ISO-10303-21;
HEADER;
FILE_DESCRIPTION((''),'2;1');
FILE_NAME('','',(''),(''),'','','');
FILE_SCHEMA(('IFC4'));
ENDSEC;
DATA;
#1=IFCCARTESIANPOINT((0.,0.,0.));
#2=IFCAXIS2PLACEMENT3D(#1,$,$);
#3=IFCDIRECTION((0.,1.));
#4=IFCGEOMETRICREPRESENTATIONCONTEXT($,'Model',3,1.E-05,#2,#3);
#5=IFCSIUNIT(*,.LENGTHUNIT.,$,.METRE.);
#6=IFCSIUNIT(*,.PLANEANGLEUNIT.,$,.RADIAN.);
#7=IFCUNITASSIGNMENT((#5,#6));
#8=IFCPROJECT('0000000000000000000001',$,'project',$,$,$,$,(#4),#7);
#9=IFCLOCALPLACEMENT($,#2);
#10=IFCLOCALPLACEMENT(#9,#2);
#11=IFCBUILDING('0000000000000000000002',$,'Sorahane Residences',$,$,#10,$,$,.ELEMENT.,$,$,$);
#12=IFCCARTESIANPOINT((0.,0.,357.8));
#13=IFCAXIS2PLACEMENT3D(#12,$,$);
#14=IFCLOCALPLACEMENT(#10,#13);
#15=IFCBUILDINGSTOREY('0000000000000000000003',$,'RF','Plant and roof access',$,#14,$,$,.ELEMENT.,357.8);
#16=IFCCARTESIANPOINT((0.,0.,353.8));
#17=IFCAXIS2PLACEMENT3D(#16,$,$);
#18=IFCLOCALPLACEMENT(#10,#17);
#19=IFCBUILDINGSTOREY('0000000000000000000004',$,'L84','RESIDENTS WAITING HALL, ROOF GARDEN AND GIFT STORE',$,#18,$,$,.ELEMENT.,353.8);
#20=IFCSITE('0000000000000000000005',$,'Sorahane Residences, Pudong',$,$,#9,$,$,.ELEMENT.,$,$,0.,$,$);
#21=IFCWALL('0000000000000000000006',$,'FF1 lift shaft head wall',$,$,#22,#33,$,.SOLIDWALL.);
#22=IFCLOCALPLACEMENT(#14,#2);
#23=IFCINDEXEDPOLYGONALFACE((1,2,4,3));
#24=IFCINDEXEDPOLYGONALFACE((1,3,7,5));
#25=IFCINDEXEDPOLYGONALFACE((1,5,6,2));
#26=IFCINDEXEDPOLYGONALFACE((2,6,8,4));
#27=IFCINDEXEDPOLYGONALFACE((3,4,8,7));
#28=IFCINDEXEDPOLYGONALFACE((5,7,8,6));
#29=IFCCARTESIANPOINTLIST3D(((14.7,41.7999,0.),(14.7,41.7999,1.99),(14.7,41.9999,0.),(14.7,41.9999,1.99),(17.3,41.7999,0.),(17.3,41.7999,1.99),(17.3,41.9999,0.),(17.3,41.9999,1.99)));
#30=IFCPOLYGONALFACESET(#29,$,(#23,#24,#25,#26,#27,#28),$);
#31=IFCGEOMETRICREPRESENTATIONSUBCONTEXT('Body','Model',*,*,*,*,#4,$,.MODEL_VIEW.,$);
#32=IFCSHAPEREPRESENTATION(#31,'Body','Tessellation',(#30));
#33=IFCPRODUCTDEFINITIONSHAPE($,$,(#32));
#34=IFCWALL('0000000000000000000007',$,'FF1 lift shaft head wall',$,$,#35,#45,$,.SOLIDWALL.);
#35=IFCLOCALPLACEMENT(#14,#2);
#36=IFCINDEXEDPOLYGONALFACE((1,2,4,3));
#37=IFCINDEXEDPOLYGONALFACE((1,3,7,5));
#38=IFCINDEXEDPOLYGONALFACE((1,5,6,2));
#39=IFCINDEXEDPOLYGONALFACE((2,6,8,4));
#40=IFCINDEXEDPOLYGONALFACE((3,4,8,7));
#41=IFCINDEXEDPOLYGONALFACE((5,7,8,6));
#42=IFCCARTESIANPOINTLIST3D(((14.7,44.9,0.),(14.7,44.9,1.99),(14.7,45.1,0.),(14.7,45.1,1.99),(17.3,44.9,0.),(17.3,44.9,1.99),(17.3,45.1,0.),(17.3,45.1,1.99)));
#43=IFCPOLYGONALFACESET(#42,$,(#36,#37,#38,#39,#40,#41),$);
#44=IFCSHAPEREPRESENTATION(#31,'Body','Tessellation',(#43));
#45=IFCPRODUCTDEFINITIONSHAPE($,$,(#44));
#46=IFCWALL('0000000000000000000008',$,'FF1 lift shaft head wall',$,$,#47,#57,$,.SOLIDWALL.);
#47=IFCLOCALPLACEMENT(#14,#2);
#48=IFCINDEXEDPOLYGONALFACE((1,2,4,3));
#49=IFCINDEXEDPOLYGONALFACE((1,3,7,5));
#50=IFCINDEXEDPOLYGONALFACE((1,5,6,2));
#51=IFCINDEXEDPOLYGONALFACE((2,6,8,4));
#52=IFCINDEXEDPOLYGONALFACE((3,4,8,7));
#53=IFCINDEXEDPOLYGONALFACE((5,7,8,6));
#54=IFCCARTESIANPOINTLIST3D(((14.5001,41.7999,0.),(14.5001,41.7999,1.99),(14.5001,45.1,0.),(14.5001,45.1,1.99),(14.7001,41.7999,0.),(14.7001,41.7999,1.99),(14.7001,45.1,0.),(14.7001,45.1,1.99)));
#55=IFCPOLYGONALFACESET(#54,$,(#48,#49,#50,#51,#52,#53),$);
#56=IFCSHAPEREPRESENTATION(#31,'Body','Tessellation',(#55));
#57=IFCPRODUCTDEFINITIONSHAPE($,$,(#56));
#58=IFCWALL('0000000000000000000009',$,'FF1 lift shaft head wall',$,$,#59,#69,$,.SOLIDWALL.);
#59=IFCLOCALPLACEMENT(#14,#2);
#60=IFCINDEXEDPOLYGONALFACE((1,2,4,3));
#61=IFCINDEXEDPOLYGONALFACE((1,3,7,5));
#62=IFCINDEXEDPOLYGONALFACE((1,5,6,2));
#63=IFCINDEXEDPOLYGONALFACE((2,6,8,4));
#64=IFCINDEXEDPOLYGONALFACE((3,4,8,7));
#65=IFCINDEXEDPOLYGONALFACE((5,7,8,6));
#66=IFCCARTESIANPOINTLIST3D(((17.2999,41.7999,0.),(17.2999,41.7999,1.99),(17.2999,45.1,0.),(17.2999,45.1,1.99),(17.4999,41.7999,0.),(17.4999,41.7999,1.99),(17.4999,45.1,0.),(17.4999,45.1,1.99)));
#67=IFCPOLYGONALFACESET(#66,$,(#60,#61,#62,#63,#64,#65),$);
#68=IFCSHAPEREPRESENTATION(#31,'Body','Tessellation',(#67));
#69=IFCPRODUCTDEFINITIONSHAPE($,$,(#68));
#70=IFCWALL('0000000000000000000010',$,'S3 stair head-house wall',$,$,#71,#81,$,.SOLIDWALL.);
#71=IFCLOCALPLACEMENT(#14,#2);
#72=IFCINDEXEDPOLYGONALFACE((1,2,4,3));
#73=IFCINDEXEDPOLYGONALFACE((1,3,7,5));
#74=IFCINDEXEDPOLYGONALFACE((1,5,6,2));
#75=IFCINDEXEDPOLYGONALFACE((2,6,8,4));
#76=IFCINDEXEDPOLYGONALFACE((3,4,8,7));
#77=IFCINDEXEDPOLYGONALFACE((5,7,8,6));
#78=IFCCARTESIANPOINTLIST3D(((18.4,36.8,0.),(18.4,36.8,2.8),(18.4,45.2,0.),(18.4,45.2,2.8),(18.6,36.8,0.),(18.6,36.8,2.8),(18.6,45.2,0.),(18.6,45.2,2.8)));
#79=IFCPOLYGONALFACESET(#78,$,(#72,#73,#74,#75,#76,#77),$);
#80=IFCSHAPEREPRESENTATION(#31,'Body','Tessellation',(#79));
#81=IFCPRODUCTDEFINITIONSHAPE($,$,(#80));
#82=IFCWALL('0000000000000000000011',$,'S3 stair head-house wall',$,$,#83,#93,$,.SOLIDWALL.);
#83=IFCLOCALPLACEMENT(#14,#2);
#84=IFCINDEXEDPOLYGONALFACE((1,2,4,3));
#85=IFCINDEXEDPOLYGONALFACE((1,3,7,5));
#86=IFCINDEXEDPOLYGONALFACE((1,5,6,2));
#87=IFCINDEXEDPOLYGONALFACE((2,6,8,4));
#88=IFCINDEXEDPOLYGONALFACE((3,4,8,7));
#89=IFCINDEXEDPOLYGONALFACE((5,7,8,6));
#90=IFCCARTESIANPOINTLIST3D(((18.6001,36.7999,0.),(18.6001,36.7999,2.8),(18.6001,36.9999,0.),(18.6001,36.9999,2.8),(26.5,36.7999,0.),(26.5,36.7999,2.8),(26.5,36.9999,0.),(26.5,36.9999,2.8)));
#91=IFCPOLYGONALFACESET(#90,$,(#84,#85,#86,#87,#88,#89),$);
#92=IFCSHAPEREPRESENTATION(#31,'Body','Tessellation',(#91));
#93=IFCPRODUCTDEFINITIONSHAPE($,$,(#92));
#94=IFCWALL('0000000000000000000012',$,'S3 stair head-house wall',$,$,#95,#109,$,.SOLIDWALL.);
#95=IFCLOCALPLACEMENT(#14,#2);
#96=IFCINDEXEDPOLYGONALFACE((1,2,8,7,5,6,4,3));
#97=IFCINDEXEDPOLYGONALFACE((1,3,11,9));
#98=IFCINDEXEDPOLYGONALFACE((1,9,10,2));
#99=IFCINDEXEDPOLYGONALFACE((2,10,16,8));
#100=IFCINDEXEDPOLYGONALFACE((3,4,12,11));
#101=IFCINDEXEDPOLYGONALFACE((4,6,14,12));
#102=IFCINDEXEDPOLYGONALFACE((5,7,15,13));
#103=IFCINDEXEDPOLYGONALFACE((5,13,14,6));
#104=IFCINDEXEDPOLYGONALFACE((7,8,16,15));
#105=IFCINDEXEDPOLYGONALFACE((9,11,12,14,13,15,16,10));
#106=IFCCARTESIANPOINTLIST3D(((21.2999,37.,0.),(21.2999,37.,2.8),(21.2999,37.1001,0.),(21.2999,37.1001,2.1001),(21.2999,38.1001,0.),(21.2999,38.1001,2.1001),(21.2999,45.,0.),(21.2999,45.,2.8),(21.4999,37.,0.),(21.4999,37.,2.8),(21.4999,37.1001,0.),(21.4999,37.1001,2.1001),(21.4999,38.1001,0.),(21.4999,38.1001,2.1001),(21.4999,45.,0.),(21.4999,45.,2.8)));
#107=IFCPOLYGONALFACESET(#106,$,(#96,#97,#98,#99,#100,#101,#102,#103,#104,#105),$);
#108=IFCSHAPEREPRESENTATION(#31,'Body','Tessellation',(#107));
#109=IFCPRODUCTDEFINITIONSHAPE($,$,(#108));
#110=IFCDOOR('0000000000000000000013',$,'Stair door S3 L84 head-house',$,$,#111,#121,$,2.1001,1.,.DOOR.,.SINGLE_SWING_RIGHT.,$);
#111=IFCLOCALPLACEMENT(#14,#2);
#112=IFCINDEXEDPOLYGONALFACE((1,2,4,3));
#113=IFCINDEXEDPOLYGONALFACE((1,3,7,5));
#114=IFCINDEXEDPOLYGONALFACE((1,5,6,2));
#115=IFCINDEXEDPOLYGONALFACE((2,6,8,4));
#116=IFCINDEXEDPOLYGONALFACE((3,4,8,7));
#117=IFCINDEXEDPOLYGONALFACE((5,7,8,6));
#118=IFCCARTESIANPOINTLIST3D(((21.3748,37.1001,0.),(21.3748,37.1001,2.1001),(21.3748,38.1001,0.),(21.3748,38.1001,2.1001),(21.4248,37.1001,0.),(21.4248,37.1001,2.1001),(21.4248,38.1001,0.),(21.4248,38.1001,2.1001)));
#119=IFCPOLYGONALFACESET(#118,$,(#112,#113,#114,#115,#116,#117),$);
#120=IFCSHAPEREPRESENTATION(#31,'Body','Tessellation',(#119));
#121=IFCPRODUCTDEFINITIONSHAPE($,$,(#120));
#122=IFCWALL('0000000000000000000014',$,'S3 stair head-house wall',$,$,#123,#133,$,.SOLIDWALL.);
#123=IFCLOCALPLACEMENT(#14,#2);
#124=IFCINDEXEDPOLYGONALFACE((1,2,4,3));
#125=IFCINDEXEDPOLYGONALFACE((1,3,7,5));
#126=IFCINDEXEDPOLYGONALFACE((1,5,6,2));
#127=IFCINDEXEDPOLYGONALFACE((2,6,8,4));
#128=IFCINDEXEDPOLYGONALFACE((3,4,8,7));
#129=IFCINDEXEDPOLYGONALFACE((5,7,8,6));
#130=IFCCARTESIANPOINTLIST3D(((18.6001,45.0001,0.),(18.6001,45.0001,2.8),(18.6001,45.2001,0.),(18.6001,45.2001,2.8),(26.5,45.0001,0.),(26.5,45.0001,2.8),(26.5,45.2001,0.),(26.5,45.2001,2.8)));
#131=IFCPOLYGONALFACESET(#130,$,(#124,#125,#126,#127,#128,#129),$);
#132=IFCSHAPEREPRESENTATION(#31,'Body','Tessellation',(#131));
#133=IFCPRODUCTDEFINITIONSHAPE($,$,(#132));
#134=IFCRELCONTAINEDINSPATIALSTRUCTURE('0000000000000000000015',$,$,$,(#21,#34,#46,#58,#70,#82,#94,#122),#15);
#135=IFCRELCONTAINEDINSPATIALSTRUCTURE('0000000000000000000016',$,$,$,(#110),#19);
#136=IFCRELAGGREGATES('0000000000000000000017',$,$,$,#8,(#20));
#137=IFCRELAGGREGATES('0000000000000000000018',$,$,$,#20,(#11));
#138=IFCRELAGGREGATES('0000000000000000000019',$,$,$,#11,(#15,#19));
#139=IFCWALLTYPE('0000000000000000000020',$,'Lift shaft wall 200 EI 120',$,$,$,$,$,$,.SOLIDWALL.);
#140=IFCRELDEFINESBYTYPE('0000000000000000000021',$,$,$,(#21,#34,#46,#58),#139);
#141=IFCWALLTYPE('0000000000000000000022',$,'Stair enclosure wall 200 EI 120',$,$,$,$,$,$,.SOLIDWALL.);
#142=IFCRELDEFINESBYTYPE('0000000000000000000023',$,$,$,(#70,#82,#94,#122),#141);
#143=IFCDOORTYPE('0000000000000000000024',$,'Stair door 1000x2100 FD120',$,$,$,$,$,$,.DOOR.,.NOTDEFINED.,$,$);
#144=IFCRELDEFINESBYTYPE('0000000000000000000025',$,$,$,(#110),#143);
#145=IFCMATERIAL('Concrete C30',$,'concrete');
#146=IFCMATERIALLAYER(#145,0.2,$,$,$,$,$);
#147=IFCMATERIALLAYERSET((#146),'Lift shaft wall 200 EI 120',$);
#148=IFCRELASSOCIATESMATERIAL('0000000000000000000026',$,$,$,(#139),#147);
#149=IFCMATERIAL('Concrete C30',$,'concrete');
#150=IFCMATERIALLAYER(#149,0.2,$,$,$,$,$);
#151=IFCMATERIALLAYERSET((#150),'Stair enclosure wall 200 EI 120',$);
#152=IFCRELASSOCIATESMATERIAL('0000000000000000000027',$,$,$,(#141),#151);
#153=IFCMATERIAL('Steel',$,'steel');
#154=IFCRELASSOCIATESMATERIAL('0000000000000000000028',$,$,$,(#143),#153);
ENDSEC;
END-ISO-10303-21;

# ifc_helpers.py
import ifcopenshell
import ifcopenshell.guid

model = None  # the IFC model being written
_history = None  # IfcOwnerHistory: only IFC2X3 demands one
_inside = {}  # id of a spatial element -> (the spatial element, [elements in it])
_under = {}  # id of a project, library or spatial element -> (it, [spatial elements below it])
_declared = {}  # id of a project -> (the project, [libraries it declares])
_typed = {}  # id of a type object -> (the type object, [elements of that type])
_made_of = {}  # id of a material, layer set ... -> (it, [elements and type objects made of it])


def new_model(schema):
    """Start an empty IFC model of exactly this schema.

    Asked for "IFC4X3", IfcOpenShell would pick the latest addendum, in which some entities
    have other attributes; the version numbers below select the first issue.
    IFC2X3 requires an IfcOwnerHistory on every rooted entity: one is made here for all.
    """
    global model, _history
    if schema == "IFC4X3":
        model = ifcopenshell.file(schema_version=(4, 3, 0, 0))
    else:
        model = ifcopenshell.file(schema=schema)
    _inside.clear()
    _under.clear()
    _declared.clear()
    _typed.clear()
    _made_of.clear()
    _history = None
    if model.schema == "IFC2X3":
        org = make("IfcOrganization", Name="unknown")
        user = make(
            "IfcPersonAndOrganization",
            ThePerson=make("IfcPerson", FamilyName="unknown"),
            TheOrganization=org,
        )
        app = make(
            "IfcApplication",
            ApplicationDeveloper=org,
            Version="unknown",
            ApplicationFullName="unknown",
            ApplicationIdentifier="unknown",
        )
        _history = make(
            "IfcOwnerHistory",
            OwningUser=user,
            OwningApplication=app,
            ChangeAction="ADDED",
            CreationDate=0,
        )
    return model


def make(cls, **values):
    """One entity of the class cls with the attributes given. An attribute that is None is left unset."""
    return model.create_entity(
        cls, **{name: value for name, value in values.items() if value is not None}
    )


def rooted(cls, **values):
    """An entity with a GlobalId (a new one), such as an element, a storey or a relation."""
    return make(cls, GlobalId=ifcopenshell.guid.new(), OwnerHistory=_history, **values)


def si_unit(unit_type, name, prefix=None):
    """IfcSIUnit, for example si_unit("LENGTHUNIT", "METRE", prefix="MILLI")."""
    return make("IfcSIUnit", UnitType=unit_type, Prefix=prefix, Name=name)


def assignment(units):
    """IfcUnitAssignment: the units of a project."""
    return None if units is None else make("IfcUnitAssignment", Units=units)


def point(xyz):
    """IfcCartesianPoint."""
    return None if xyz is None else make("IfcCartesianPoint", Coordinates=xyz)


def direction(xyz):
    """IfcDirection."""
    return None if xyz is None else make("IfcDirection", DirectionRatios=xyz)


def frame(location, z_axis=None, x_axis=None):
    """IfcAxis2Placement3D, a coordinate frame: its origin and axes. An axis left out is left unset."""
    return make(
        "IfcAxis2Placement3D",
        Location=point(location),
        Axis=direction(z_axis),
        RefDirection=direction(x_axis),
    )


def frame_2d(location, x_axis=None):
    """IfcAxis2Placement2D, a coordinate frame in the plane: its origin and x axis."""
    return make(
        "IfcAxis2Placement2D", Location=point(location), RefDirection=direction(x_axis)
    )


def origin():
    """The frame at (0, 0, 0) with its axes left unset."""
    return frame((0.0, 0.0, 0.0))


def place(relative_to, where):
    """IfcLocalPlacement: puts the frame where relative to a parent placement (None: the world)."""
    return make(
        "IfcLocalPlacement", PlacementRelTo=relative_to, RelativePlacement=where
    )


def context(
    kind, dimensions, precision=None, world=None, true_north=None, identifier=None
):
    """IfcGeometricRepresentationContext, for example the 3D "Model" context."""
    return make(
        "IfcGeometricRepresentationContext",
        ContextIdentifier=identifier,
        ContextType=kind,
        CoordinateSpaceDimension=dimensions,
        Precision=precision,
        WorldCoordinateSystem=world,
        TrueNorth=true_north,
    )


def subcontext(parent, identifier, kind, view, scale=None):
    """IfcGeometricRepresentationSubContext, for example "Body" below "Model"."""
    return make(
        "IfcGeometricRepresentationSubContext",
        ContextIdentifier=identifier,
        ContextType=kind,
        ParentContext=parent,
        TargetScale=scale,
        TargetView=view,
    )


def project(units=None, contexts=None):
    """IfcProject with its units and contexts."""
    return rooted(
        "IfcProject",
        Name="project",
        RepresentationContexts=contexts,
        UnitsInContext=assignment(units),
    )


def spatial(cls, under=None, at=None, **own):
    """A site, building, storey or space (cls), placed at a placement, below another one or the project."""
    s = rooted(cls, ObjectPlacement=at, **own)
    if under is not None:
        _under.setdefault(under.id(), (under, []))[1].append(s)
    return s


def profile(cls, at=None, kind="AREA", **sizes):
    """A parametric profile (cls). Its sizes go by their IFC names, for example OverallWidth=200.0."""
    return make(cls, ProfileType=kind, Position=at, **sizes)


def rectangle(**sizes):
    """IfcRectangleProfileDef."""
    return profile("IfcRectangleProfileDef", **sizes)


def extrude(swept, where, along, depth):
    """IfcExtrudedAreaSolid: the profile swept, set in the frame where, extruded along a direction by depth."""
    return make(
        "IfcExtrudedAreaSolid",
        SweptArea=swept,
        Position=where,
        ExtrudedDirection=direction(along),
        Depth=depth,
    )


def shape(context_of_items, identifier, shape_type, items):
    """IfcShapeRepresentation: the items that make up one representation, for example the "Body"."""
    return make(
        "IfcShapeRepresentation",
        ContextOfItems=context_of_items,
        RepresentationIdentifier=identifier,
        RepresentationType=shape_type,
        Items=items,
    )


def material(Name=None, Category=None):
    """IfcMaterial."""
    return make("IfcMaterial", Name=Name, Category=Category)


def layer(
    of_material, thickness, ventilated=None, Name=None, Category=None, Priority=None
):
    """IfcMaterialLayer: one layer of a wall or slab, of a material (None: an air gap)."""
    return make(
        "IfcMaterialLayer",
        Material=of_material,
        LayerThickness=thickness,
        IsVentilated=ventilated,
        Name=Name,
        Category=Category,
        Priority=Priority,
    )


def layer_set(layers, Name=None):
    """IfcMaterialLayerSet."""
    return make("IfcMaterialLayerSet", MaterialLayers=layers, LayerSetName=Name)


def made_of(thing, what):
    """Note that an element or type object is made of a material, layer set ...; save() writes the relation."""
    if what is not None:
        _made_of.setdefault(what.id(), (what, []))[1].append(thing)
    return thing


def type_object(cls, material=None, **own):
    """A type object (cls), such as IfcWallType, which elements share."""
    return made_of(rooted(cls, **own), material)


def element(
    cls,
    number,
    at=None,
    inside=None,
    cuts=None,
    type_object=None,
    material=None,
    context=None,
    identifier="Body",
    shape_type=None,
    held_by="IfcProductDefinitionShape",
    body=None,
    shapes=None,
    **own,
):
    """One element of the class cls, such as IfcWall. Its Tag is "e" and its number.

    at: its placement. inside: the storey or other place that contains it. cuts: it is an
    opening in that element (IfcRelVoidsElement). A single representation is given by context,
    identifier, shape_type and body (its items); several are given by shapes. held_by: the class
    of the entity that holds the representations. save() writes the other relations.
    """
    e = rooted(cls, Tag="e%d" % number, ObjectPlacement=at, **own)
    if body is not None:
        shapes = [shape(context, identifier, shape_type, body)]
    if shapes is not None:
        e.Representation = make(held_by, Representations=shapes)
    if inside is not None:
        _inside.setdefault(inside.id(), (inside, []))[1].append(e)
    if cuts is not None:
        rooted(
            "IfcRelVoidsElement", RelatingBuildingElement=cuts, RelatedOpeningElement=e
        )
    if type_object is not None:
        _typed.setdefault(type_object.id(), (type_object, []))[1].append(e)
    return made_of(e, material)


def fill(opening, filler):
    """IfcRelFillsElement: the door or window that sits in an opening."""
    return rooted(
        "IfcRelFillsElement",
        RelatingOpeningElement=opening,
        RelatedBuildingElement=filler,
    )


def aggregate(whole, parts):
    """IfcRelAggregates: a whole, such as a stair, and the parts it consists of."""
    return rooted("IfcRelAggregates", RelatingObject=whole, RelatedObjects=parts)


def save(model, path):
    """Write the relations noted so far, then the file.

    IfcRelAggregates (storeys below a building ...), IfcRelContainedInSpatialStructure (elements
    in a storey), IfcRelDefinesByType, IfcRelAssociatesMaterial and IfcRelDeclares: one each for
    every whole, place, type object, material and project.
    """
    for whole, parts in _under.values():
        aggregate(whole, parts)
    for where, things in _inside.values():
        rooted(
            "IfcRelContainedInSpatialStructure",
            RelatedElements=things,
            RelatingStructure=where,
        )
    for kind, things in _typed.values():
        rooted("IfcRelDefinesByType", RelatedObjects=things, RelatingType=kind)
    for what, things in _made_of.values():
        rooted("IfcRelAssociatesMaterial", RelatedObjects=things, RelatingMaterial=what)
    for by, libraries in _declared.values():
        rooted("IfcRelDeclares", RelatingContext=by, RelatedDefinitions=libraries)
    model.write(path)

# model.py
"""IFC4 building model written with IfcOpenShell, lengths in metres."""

from ifc_helpers import new_model, si_unit, direction, frame, frame_2d, origin, place, context, subcontext, project, spatial, rectangle, extrude, material, layer, layer_set, type_object, element, fill, save


model = new_model("IFC4")

# Units and contexts
model_context = context("Model", 3, precision=1e-05, world=origin(), true_north=direction((0.0, 1.0)))
body_context = subcontext(model_context, "Body", "Model", "MODEL_VIEW")
ifc_project = project(units=[si_unit("LENGTHUNIT", "METRE"), si_unit("PLANEANGLEUNIT", "RADIAN")], contexts=[model_context])

# Site, building, storey
site_placement = place(None, origin())
site = spatial("IfcSite", under=ifc_project, at=site_placement, Name="Sorahane Residences, Pudong", CompositionType="ELEMENT", RefElevation=0.0)
building_placement = place(site_placement, origin())
building = spatial("IfcBuilding", under=site, at=building_placement, Name="Sorahane Residences", CompositionType="ELEMENT")
storey_1_placement = place(building_placement, frame((0.0, 0.0, 357.8)))
storey_1 = spatial("IfcBuildingStorey", under=building, at=storey_1_placement, Name="RF", Description="Plant and roof access", CompositionType="ELEMENT", Elevation=357.8)

# Walls
ifc_material_1 = material(Name="Concrete C30", Category="concrete")
ifc_layer_1 = layer(ifc_material_1, 0.2)
ifc_layer_set_1 = layer_set([ifc_layer_1], Name="Lift shaft wall 200 EI 120")
wall_type_1 = type_object("IfcWallType", Name="Lift shaft wall 200 EI 120", PredefinedType="SOLIDWALL", material=ifc_layer_set_1)
for number, where, z_axis, x_axis, name in (
    (1, (14.7, 41.8999, 0.0), (0.0, 0.0, 1.0), (1.0, 0.0, 0.0), "FF1 lift shaft head wall"),
    (2, (14.7, 45.0, 0.0), (0.0, 0.0, 1.0), (1.0, 0.0, 0.0), "FF1 lift shaft head wall"),
):
    element("IfcWall", number, at=place(storey_1_placement, frame(where, z_axis=z_axis, x_axis=x_axis)), inside=storey_1, type_object=wall_type_1, Name=name, PredefinedType="SOLIDWALL", context=body_context, shape_type="SweptSolid", body=[
        extrude(rectangle(XDim=2.6001, YDim=0.2, at=frame_2d((1.3, 0.0))), origin(), (0.0, 0.0, 1.0), 1.99),
    ])
for number, where, z_axis, x_axis, name in (
    (3, (14.6001, 41.8, 0.0), (0.0, 0.0, 1.0), (0.0, 1.0, 0.0), "FF1 lift shaft head wall"),
    (4, (17.3999, 41.8, 0.0), (0.0, 0.0, 1.0), (0.0, 1.0, 0.0), "FF1 lift shaft head wall"),
):
    element("IfcWall", number, at=place(storey_1_placement, frame(where, z_axis=z_axis, x_axis=x_axis)), inside=storey_1, type_object=wall_type_1, Name=name, PredefinedType="SOLIDWALL", context=body_context, shape_type="SweptSolid", body=[
        extrude(rectangle(XDim=3.3, YDim=0.2, at=frame_2d((1.6499, 0.0))), origin(), (0.0, 0.0, 1.0), 1.99),
    ])
ifc_material_2 = material(Name="Concrete C30", Category="concrete")
ifc_layer_2 = layer(ifc_material_2, 0.2)
ifc_layer_set_2 = layer_set([ifc_layer_2], Name="Stair enclosure wall 200 EI 120")
wall_type_2 = type_object("IfcWallType", Name="Stair enclosure wall 200 EI 120", PredefinedType="SOLIDWALL", material=ifc_layer_set_2)
wall_1_placement = place(storey_1_placement, frame((18.5, 36.8, 0.0), z_axis=(0.0, 0.0, 1.0), x_axis=(0.0, 1.0, 0.0)))
element("IfcWall", 5, at=wall_1_placement, inside=storey_1, type_object=wall_type_2, Name="S3 stair head-house wall", PredefinedType="SOLIDWALL", context=body_context, shape_type="SweptSolid", body=[
    extrude(rectangle(XDim=8.3999, YDim=0.2, at=frame_2d((4.2, 0.0))), origin(), (0.0, 0.0, 1.0), 2.8),
])
wall_2_placement = place(storey_1_placement, frame((18.6001, 36.8999, 0.0), z_axis=(0.0, 0.0, 1.0), x_axis=(1.0, 0.0, 0.0)))
element("IfcWall", 6, at=wall_2_placement, inside=storey_1, type_object=wall_type_2, Name="S3 stair head-house wall", PredefinedType="SOLIDWALL", context=body_context, shape_type="SweptSolid", body=[
    extrude(rectangle(XDim=7.8999, YDim=0.2, at=frame_2d((3.95, 0.0))), origin(), (0.0, 0.0, 1.0), 2.8),
])

# Wall, opening
wall_3_placement = place(storey_1_placement, frame((21.3999, 37.0, 0.0), z_axis=(0.0, 0.0, 1.0), x_axis=(0.0, 1.0, 0.0)))
wall_3 = element("IfcWall", 7, at=wall_3_placement, inside=storey_1, type_object=wall_type_2, Name="S3 stair head-house wall", PredefinedType="SOLIDWALL", context=body_context, shape_type="SweptSolid", body=[
    extrude(rectangle(XDim=8.0, YDim=0.2, at=frame_2d((4.0, 0.0))), origin(), (0.0, 0.0, 1.0), 2.8),
])
opening_placement = place(wall_3_placement, frame((0.1001, 0.0, 0.0)))
opening = element("IfcOpeningElement", 8, at=opening_placement, cuts=wall_3, PredefinedType="OPENING", context=body_context, shape_type="SweptSolid", body=[
    extrude(rectangle(XDim=1.0, YDim=2.1001, at=frame_2d((0.5, 1.05))), frame((0.0, 0.1099, 0.0), z_axis=(0.0, -1.0, 0.0), x_axis=(1.0, 0.0, 0.0)), (0.0, 0.0, 1.0), 0.22),
])

# Shared definitions
storey_2_placement = place(building_placement, frame((0.0, 0.0, 353.8)))
storey_2 = spatial("IfcBuildingStorey", under=building, at=storey_2_placement, Name="L84", Description="RESIDENTS WAITING HALL, ROOF GARDEN AND GIFT STORE", CompositionType="ELEMENT", Elevation=353.8)

# Door
ifc_material_3 = material(Name="Steel", Category="steel")
door_type = type_object("IfcDoorType", Name="Stair door 1000x2100 FD120", OperationType="NOTDEFINED", PredefinedType="DOOR", material=ifc_material_3)
door_placement = place(opening_placement, frame((1.0, 0.0, 0.0), z_axis=(0.0, 0.0, 1.0), x_axis=(-1.0, 0.0, 0.0)))
door = element("IfcDoor", 9, at=door_placement, inside=storey_2, type_object=door_type, Name="Stair door S3 L84 head-house", OperationType="SINGLE_SWING_RIGHT", OverallHeight=2.1001, OverallWidth=1.0, PredefinedType="DOOR", context=body_context, shape_type="SweptSolid", body=[
    extrude(rectangle(XDim=1.0, YDim=2.1001, at=frame_2d((0.5, 1.05))), frame((0.0, 0.0249, 0.0), z_axis=(0.0, -1.0, 0.0), x_axis=(1.0, 0.0, 0.0)), (0.0, 0.0, 1.0), 0.05),
])
fill(opening, door)

# Wall
wall_4_placement = place(storey_1_placement, frame((18.6001, 45.1001, 0.0), z_axis=(0.0, 0.0, 1.0), x_axis=(1.0, 0.0, 0.0)))
element("IfcWall", 10, at=wall_4_placement, inside=storey_1, type_object=wall_type_2, Name="S3 stair head-house wall", PredefinedType="SOLIDWALL", context=body_context, shape_type="SweptSolid", body=[
    extrude(rectangle(XDim=7.8999, YDim=0.2, at=frame_2d((3.95, 0.0))), origin(), (0.0, 0.0, 1.0), 2.8),
])

save(model, "model.ifc")
